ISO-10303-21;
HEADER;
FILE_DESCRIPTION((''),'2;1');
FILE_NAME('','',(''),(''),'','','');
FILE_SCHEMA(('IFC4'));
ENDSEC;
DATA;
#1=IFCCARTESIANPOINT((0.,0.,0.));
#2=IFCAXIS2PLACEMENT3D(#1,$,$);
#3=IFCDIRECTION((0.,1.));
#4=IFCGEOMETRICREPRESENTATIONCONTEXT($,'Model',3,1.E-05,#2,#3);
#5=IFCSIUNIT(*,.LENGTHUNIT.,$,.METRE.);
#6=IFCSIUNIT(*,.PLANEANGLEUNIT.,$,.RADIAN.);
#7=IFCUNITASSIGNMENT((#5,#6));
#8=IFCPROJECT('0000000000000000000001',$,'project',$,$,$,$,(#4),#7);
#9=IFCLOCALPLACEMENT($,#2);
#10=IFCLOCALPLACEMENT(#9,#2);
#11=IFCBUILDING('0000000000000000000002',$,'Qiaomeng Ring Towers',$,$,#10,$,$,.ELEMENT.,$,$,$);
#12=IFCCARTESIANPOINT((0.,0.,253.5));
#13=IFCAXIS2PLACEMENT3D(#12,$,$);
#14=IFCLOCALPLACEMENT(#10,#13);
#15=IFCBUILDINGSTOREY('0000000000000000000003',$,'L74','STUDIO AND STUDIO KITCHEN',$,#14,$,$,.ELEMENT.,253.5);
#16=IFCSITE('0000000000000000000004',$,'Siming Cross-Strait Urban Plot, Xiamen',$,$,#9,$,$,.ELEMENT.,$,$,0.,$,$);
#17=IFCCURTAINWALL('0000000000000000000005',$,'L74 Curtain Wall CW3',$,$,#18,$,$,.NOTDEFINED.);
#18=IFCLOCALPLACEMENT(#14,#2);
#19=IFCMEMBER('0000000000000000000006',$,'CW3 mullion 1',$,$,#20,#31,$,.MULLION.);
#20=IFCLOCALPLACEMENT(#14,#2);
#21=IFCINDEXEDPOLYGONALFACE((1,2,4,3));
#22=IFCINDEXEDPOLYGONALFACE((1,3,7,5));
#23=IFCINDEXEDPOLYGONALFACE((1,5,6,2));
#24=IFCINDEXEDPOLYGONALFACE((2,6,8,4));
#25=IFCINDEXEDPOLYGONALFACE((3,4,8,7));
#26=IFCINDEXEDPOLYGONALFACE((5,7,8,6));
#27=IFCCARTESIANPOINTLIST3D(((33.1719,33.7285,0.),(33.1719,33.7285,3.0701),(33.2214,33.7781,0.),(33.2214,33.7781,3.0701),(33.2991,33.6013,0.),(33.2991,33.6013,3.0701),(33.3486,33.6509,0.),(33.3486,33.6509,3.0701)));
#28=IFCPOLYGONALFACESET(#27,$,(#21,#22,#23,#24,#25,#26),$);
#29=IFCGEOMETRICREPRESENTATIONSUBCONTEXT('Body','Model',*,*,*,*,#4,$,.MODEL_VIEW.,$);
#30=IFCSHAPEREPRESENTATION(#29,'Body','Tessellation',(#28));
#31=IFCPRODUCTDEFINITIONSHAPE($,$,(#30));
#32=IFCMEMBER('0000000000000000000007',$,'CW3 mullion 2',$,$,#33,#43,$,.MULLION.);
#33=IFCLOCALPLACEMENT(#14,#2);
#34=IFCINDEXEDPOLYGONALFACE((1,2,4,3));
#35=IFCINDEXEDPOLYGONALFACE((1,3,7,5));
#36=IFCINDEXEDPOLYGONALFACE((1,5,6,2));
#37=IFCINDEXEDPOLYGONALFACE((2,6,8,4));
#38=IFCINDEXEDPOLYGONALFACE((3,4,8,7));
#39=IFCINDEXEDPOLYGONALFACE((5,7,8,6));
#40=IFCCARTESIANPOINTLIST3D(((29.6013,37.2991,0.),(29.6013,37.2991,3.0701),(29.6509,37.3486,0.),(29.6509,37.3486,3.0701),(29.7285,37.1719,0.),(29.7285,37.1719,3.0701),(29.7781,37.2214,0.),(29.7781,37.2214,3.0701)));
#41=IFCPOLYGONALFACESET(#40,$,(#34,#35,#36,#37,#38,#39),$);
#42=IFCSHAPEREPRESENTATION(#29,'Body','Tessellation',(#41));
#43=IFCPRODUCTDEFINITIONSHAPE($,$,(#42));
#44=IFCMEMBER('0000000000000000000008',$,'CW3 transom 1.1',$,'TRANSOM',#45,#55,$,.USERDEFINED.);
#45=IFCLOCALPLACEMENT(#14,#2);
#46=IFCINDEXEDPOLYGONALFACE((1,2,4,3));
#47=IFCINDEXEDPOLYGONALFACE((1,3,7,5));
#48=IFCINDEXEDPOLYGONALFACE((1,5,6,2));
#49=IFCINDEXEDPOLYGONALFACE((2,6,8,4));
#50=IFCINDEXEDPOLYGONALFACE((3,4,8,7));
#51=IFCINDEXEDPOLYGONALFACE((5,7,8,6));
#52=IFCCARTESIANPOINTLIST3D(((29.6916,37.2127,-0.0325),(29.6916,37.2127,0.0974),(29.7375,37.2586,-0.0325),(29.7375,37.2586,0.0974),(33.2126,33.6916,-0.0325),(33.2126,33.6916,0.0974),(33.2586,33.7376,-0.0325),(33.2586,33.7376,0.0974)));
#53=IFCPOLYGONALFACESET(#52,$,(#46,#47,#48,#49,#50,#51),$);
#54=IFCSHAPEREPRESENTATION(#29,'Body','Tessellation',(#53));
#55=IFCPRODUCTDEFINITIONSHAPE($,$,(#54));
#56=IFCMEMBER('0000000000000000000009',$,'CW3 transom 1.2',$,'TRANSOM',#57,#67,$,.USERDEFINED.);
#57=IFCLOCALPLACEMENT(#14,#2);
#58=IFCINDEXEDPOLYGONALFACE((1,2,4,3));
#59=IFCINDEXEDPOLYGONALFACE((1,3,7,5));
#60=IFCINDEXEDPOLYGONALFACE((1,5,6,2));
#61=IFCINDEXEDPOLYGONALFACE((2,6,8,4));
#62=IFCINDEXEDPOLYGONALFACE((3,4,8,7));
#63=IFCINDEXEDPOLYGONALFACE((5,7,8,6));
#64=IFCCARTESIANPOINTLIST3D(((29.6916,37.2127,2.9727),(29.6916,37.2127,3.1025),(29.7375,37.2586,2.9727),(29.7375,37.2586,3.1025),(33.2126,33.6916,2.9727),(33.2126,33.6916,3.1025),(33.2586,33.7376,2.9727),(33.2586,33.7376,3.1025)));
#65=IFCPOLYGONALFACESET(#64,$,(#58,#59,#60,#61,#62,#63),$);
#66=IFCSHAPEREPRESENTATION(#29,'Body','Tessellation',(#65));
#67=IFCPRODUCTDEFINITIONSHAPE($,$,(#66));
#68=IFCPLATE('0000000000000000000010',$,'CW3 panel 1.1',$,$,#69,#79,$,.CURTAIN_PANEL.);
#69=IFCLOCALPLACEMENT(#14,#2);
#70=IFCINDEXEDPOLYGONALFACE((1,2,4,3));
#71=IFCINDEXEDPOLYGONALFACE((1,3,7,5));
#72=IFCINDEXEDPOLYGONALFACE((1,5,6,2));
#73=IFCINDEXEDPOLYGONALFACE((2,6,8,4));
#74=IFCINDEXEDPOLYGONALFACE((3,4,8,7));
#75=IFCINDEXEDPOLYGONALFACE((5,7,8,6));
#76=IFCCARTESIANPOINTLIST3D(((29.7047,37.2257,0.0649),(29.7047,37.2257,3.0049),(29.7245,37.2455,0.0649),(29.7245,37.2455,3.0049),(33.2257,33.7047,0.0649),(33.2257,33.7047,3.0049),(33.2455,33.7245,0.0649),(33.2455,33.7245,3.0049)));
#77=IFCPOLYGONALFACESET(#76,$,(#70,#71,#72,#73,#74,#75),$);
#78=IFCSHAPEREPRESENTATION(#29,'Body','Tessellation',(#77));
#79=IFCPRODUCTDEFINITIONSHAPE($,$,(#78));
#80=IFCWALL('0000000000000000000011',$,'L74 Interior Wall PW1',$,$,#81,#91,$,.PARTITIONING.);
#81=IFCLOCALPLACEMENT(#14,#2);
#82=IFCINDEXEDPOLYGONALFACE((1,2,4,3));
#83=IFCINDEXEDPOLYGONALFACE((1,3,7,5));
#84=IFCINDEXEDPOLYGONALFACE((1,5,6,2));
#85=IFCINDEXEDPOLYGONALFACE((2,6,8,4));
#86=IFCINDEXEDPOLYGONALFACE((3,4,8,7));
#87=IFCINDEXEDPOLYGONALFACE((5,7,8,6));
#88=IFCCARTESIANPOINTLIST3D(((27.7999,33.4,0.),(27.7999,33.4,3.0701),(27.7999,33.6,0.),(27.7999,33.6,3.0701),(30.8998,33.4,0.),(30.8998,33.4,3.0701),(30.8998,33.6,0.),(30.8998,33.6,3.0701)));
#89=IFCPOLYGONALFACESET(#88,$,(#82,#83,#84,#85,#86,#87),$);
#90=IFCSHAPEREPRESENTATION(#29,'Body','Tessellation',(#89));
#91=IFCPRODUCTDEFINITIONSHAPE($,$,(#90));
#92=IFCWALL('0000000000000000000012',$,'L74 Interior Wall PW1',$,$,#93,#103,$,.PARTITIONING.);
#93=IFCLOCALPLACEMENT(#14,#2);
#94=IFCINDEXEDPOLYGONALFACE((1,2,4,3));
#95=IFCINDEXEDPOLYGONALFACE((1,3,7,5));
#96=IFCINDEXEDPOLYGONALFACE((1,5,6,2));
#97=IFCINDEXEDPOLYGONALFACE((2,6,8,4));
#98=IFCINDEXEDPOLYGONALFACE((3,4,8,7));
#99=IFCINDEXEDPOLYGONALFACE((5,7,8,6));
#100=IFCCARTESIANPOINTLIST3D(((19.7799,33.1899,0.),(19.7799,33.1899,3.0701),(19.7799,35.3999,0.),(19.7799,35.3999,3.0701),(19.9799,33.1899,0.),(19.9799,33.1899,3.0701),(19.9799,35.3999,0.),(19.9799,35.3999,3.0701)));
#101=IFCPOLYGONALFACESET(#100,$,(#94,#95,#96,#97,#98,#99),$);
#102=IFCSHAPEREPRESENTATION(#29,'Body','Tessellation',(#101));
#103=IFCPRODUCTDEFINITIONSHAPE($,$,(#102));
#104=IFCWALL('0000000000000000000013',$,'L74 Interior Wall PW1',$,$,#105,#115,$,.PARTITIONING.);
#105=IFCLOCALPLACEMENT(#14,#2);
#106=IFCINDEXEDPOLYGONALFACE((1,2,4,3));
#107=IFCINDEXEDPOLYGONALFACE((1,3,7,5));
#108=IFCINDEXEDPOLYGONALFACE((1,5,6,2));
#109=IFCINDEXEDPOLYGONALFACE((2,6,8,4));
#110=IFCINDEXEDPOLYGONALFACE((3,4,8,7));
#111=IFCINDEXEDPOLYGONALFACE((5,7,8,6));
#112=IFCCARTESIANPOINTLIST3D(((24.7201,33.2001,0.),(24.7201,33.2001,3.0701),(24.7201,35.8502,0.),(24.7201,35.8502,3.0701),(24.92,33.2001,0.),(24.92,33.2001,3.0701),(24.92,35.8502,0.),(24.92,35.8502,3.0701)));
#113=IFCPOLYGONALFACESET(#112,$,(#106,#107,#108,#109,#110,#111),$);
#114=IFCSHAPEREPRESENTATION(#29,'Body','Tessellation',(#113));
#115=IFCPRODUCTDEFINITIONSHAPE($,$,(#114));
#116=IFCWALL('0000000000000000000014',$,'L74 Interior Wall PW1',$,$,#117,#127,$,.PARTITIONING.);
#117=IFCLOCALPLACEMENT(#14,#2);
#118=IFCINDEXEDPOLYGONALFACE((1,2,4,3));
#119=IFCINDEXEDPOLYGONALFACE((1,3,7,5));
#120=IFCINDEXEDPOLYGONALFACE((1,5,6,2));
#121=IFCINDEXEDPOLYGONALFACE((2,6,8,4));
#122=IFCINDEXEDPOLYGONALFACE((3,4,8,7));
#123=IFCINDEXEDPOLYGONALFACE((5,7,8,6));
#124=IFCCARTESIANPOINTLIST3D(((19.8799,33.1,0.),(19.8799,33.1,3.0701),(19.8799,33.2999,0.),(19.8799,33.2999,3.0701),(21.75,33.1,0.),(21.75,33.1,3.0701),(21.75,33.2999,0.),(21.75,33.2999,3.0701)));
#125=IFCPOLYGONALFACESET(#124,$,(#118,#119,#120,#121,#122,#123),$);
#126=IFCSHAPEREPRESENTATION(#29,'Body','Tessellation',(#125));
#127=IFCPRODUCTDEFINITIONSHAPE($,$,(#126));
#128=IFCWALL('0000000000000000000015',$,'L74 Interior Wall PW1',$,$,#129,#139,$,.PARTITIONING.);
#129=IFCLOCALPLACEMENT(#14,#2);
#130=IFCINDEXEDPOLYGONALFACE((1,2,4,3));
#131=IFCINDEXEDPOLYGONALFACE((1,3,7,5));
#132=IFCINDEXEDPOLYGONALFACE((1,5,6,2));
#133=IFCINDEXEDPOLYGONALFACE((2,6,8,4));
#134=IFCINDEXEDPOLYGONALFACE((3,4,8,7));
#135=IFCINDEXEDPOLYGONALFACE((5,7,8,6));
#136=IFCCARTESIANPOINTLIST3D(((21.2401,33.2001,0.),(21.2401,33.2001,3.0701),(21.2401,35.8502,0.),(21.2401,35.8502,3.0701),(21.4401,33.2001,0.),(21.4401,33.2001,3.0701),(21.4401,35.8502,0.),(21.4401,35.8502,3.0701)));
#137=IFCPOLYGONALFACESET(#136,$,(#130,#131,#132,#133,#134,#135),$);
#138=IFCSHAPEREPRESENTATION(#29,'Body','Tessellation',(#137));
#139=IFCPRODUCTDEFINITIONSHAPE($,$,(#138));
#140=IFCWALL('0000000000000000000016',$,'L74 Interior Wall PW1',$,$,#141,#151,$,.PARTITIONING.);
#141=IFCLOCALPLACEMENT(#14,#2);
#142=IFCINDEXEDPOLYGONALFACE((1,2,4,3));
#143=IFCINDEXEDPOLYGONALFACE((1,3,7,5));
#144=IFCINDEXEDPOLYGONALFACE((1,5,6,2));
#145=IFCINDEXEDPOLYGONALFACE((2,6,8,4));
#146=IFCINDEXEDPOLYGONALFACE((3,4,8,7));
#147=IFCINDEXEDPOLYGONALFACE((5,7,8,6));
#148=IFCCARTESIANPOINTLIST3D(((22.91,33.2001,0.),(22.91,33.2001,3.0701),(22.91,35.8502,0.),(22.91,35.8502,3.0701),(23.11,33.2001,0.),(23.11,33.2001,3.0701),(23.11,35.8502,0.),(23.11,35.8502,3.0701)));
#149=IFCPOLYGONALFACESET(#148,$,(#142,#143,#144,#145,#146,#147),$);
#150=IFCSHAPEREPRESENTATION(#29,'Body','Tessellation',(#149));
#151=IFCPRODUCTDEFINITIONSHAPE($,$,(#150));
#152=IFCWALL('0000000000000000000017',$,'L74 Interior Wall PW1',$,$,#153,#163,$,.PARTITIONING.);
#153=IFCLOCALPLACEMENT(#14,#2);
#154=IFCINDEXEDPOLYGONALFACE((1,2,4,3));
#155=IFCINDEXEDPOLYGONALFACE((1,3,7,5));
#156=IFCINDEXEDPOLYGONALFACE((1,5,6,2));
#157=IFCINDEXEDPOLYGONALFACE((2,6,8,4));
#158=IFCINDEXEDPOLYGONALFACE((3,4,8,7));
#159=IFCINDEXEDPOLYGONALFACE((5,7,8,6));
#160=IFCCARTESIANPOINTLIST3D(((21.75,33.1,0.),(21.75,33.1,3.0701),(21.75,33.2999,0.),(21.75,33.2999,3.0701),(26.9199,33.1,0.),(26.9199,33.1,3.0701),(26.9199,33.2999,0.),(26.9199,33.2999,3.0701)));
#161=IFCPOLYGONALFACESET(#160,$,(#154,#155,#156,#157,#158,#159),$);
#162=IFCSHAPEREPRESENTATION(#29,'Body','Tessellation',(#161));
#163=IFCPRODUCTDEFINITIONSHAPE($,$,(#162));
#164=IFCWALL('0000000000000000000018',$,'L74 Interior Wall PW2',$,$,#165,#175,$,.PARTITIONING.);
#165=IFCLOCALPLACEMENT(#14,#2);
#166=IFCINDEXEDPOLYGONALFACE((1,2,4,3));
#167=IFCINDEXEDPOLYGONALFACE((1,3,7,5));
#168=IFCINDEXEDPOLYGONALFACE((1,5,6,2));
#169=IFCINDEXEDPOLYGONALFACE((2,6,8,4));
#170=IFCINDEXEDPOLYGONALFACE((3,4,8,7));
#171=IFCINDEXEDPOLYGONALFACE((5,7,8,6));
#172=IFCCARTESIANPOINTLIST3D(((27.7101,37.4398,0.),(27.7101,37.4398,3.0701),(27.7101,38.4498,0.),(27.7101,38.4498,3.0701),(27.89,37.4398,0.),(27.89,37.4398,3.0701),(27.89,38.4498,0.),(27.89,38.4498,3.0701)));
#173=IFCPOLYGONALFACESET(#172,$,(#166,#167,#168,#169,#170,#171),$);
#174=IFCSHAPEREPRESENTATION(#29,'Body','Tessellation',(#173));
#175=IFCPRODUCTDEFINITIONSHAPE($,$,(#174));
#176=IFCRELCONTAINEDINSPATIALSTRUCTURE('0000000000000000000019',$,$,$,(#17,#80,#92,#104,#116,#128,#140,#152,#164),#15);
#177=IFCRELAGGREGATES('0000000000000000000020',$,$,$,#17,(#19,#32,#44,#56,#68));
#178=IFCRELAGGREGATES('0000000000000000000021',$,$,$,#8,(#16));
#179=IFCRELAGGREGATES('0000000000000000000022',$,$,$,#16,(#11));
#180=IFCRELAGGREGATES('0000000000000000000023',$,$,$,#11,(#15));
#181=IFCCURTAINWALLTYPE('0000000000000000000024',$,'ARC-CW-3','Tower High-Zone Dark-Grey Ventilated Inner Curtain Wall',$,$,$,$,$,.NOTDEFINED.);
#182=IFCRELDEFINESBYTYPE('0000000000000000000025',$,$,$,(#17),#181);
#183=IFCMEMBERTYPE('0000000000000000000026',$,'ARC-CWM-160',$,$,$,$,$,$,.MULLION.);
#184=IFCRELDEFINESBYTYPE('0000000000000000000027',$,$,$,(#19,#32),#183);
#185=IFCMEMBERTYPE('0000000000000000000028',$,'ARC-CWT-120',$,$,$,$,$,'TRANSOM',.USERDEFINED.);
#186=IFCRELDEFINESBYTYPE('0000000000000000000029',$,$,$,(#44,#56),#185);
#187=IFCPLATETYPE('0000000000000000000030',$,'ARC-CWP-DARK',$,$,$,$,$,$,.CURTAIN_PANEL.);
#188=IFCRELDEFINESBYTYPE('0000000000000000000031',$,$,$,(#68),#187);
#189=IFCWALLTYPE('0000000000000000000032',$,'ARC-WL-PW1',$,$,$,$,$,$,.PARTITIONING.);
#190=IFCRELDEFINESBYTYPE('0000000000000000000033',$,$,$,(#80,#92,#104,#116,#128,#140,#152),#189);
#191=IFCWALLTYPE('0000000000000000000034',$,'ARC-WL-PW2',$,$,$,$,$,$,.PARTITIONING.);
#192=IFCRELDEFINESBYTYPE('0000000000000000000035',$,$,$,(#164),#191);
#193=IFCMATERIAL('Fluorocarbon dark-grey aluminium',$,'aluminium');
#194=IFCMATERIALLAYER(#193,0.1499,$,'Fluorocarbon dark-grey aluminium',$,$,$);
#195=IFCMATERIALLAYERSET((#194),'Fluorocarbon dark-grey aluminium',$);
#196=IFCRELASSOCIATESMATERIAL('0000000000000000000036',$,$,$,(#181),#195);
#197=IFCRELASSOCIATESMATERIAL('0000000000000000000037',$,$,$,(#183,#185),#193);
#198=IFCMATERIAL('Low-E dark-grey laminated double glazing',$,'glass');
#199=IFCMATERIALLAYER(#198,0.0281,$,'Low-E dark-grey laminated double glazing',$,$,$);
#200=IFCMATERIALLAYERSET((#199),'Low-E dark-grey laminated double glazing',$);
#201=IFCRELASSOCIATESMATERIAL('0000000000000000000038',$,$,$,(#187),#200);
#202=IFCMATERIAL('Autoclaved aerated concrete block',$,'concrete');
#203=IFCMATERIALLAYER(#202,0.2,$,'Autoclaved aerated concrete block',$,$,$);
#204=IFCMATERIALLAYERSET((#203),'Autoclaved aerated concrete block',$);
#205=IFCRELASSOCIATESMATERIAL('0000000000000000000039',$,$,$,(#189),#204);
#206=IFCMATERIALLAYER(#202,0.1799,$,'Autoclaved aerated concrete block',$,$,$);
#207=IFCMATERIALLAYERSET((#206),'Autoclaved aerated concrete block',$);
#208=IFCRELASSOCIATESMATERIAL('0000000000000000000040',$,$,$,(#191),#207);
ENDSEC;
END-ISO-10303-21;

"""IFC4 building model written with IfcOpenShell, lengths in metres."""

from ifc_helpers import new_model, si_unit, direction, frame, frame_2d, origin, origin_2d, place, context, subcontext, project, spatial, rectangle, extrude, source, transform, mapped, material, layer, layer_set, material_profile, profile_set, type_object, element, aggregate, save


model = new_model("IFC4")

# Units and contexts
model_context = context("Model", 3, precision=1e-05, world=origin(), true_north=direction((0.0, 1.0)))
body_context = subcontext(model_context, "Body", "Model", "MODEL_VIEW")
ifc_project = project(units=[si_unit("LENGTHUNIT", "METRE"), si_unit("PLANEANGLEUNIT", "RADIAN")], contexts=[model_context])

# Site, building, storey
site_placement = place(None, origin())
site = spatial("IfcSite", under=ifc_project, at=site_placement, Name="Siming Cross-Strait Urban Plot, Xiamen", CompositionType="ELEMENT", RefElevation=0.0)
building_placement = place(site_placement, origin())
building = spatial("IfcBuilding", under=site, at=building_placement, Name="Qiaomeng Ring Towers", CompositionType="ELEMENT")
storey_placement = place(building_placement, frame((0.0, 0.0, 253.5)))
storey = spatial("IfcBuildingStorey", under=building, at=storey_placement, Name="L74", Description="STUDIO AND STUDIO KITCHEN", CompositionType="ELEMENT", Elevation=253.5)

# Curtain wall, members, plate
ifc_material_1 = material(Name="Fluorocarbon dark-grey aluminium", Category="aluminium")
ifc_layer_1 = layer(ifc_material_1, 0.1499, Name="Fluorocarbon dark-grey aluminium")
ifc_layer_set_1 = layer_set([ifc_layer_1], Name="Fluorocarbon dark-grey aluminium")
curtain_wall_type = type_object("IfcCurtainWallType", Name="ARC-CW-3", Description="Tower High-Zone Dark-Grey Ventilated Inner Curtain Wall", PredefinedType="NOTDEFINED", material=ifc_layer_set_1)
curtain_wall_placement = place(storey_placement, origin())
curtain_wall = element("IfcCurtainWall", 1, at=curtain_wall_placement, inside=storey, type_object=curtain_wall_type, Name="L74 Curtain Wall CW3", PredefinedType="NOTDEFINED")
ifc_material_profile_1 = material_profile(ifc_material_1, rectangle(XDim=0.0701, YDim=0.1799, at=origin_2d()), Name="ALU MULL 70x180")
ifc_profile_set_1 = profile_set([ifc_material_profile_1], Name="Fluorocarbon dark-grey aluminium")
member_type_1 = type_object("IfcMemberType", Name="ARC-CWM-160", PredefinedType="MULLION", material=ifc_profile_set_1)
shared_shape_1 = source(origin(), body_context, "Body", "SweptSolid", [
    extrude(rectangle(XDim=0.0701, YDim=0.1799, at=origin_2d()), origin(), (0.0, 0.0, 1.0), 3.0701),
])
member_1_placement = place(storey_placement, frame((33.2603, 33.6897, 0.0), z_axis=(0.0, 0.0, 1.0), x_axis=(-0.707107, -0.707107, 0.0)))
member_1 = element("IfcMember", 2, at=member_1_placement, type_object=member_type_1, Name="CW3 mullion 1", PredefinedType="MULLION", context=body_context, shape_type="MappedRepresentation", body=[
    mapped(shared_shape_1, transform((0.0, 0.0, 0.0), x_axis=(1.0, 0.0, 0.0), y_axis=(0.0, 1.0, 0.0), z_axis=(0.0, 0.0, 1.0), scale=1.0)),
])
member_2_placement = place(storey_placement, frame((29.6897, 37.2603, 0.0), z_axis=(0.0, 0.0, 1.0), x_axis=(-0.707107, -0.707107, 0.0)))
member_2 = element("IfcMember", 3, at=member_2_placement, type_object=member_type_1, Name="CW3 mullion 2", PredefinedType="MULLION", context=body_context, shape_type="MappedRepresentation", body=[
    mapped(shared_shape_1, transform((0.0, 0.0, 0.0), x_axis=(1.0, 0.0, 0.0), y_axis=(0.0, 1.0, 0.0), z_axis=(0.0, 0.0, 1.0), scale=1.0)),
])
ifc_material_profile_2 = material_profile(ifc_material_1, rectangle(XDim=0.0649, YDim=0.1299, at=origin_2d()), Name="ALU TRAN 65x130")
ifc_profile_set_2 = profile_set([ifc_material_profile_2], Name="Fluorocarbon dark-grey aluminium")
member_type_2 = type_object("IfcMemberType", Name="ARC-CWT-120", ElementType="TRANSOM", PredefinedType="USERDEFINED", material=ifc_profile_set_2)
shared_shape_2 = source(origin(), body_context, "Body", "SweptSolid", [
    extrude(rectangle(XDim=0.0649, YDim=0.1299, at=origin_2d()), origin(), (0.0, 0.0, 1.0), 4.9795),
])
member_3_placement = place(storey_placement, frame((33.2356, 33.7146, 0.0325), z_axis=(-0.707107, 0.707107, 0.0), x_axis=(-0.707107, -0.707107, 0.0)))
member_3 = element("IfcMember", 4, at=member_3_placement, type_object=member_type_2, Name="CW3 transom 1.1", ObjectType="TRANSOM", PredefinedType="USERDEFINED", context=body_context, shape_type="MappedRepresentation", body=[
    mapped(shared_shape_2, transform((0.0, 0.0, 0.0), x_axis=(1.0, 0.0, 0.0), y_axis=(0.0, 1.0, 0.0), z_axis=(0.0, 0.0, 1.0), scale=1.0)),
])
member_4_placement = place(storey_placement, frame((33.2356, 33.7146, 3.0376), z_axis=(-0.707107, 0.707107, 0.0), x_axis=(-0.707107, -0.707107, 0.0)))
member_4 = element("IfcMember", 5, at=member_4_placement, type_object=member_type_2, Name="CW3 transom 1.2", ObjectType="TRANSOM", PredefinedType="USERDEFINED", context=body_context, shape_type="MappedRepresentation", body=[
    mapped(shared_shape_2, transform((0.0, 0.0, 0.0), x_axis=(1.0, 0.0, 0.0), y_axis=(0.0, 1.0, 0.0), z_axis=(0.0, 0.0, 1.0), scale=1.0)),
])
ifc_material_2 = material(Name="Low-E dark-grey laminated double glazing", Category="glass")
ifc_layer_2 = layer(ifc_material_2, 0.0281, Name="Low-E dark-grey laminated double glazing")
ifc_layer_set_2 = layer_set([ifc_layer_2], Name="Low-E dark-grey laminated double glazing")
plate_type = type_object("IfcPlateType", Name="ARC-CWP-DARK", PredefinedType="CURTAIN_PANEL", material=ifc_layer_set_2)
shared_shape_3 = source(origin(), body_context, "Body", "SweptSolid", [
    extrude(rectangle(XDim=4.9795, YDim=0.0281, at=origin_2d()), origin(), (0.0, 0.0, 1.0), 2.9399),
])
plate_placement = place(storey_placement, frame((31.4751, 35.4751, 0.0649), z_axis=(0.0, 0.0, 1.0), x_axis=(-0.707107, 0.707107, 0.0)))
plate = element("IfcPlate", 6, at=plate_placement, type_object=plate_type, Name="CW3 panel 1.1", PredefinedType="CURTAIN_PANEL", context=body_context, shape_type="MappedRepresentation", body=[
    mapped(shared_shape_3, transform((0.0, 0.0, 0.0), x_axis=(1.0, 0.0, 0.0), y_axis=(0.0, 1.0, 0.0), z_axis=(0.0, 0.0, 1.0), scale=1.0)),
])
aggregate(curtain_wall, [member_1, member_2, member_3, member_4, plate])

# Walls
ifc_material_3 = material(Name="Autoclaved aerated concrete block", Category="concrete")
ifc_layer_3 = layer(ifc_material_3, 0.2, Name="Autoclaved aerated concrete block")
ifc_layer_set_3 = layer_set([ifc_layer_3], Name="Autoclaved aerated concrete block")
wall_type_1 = type_object("IfcWallType", Name="ARC-WL-PW1", PredefinedType="PARTITIONING", material=ifc_layer_set_3)
wall_1_placement = place(storey_placement, frame((27.8, 33.5, 0.0), z_axis=(0.0, 0.0, 1.0), x_axis=(1.0, 0.0, 0.0)))
element("IfcWall", 7, at=wall_1_placement, inside=storey, type_object=wall_type_1, Name="L74 Interior Wall PW1", PredefinedType="PARTITIONING", context=body_context, shape_type="SweptSolid", body=[
    extrude(rectangle(XDim=3.0999, YDim=0.2, at=frame_2d((1.5498, 0.0))), origin(), (0.0, 0.0, 1.0), 3.0701),
])
wall_2_placement = place(storey_placement, frame((19.8799, 33.1899, 0.0), z_axis=(0.0, 0.0, 1.0), x_axis=(0.0, 1.0, 0.0)))
element("IfcWall", 8, at=wall_2_placement, inside=storey, type_object=wall_type_1, Name="L74 Interior Wall PW1", PredefinedType="PARTITIONING", context=body_context, shape_type="SweptSolid", body=[
    extrude(rectangle(XDim=2.21, YDim=0.2, at=frame_2d((1.105, 0.0))), origin(), (0.0, 0.0, 1.0), 3.0701),
])
wall_3_placement = place(storey_placement, frame((24.8201, 33.2, 0.0), z_axis=(0.0, 0.0, 1.0), x_axis=(0.0, 1.0, 0.0)))
element("IfcWall", 9, at=wall_3_placement, inside=storey, type_object=wall_type_1, Name="L74 Interior Wall PW1", PredefinedType="PARTITIONING", context=body_context, shape_type="SweptSolid", body=[
    extrude(rectangle(XDim=2.6501, YDim=0.2, at=frame_2d((1.3252, 0.0))), origin(), (0.0, 0.0, 1.0), 3.0701),
])
wall_4_placement = place(storey_placement, frame((19.8799, 33.2, 0.0), z_axis=(0.0, 0.0, 1.0), x_axis=(1.0, 0.0, 0.0)))
element("IfcWall", 10, at=wall_4_placement, inside=storey, type_object=wall_type_1, Name="L74 Interior Wall PW1", PredefinedType="PARTITIONING", context=body_context, shape_type="SweptSolid", body=[
    extrude(rectangle(XDim=1.8701, YDim=0.2, at=frame_2d((0.9351, 0.0))), origin(), (0.0, 0.0, 1.0), 3.0701),
])
for number, where, z_axis, x_axis, name in (
    (11, (21.3401, 33.2, 0.0), (0.0, 0.0, 1.0), (0.0, 1.0, 0.0), "L74 Interior Wall PW1"),
    (12, (23.01, 33.2, 0.0), (0.0, 0.0, 1.0), (0.0, 1.0, 0.0), "L74 Interior Wall PW1"),
):
    element("IfcWall", number, at=place(storey_placement, frame(where, z_axis=z_axis, x_axis=x_axis)), inside=storey, type_object=wall_type_1, Name=name, PredefinedType="PARTITIONING", context=body_context, shape_type="SweptSolid", body=[
        extrude(rectangle(XDim=2.6501, YDim=0.2, at=frame_2d((1.3252, 0.0))), origin(), (0.0, 0.0, 1.0), 3.0701),
    ])
wall_5_placement = place(storey_placement, frame((21.75, 33.2, 0.0), z_axis=(0.0, 0.0, 1.0), x_axis=(1.0, 0.0, 0.0)))
element("IfcWall", 13, at=wall_5_placement, inside=storey, type_object=wall_type_1, Name="L74 Interior Wall PW1", PredefinedType="PARTITIONING", context=body_context, shape_type="SweptSolid", body=[
    extrude(rectangle(XDim=5.1699, YDim=0.2, at=frame_2d((2.585, 0.0))), origin(), (0.0, 0.0, 1.0), 3.0701),
])
ifc_layer_4 = layer(ifc_material_3, 0.1799, Name="Autoclaved aerated concrete block")
ifc_layer_set_4 = layer_set([ifc_layer_4], Name="Autoclaved aerated concrete block")
wall_type_2 = type_object("IfcWallType", Name="ARC-WL-PW2", PredefinedType="PARTITIONING", material=ifc_layer_set_4)
wall_6_placement = place(storey_placement, frame((27.8, 37.4399, 0.0), z_axis=(0.0, 0.0, 1.0), x_axis=(0.0, 1.0, 0.0)))
element("IfcWall", 14, at=wall_6_placement, inside=storey, type_object=wall_type_2, Name="L74 Interior Wall PW2", PredefinedType="PARTITIONING", context=body_context, shape_type="SweptSolid", body=[
    extrude(rectangle(XDim=1.01, YDim=0.1799, at=frame_2d((0.5049, 0.0))), origin(), (0.0, 0.0, 1.0), 3.0701),
])

save(model, "model.ifc")
